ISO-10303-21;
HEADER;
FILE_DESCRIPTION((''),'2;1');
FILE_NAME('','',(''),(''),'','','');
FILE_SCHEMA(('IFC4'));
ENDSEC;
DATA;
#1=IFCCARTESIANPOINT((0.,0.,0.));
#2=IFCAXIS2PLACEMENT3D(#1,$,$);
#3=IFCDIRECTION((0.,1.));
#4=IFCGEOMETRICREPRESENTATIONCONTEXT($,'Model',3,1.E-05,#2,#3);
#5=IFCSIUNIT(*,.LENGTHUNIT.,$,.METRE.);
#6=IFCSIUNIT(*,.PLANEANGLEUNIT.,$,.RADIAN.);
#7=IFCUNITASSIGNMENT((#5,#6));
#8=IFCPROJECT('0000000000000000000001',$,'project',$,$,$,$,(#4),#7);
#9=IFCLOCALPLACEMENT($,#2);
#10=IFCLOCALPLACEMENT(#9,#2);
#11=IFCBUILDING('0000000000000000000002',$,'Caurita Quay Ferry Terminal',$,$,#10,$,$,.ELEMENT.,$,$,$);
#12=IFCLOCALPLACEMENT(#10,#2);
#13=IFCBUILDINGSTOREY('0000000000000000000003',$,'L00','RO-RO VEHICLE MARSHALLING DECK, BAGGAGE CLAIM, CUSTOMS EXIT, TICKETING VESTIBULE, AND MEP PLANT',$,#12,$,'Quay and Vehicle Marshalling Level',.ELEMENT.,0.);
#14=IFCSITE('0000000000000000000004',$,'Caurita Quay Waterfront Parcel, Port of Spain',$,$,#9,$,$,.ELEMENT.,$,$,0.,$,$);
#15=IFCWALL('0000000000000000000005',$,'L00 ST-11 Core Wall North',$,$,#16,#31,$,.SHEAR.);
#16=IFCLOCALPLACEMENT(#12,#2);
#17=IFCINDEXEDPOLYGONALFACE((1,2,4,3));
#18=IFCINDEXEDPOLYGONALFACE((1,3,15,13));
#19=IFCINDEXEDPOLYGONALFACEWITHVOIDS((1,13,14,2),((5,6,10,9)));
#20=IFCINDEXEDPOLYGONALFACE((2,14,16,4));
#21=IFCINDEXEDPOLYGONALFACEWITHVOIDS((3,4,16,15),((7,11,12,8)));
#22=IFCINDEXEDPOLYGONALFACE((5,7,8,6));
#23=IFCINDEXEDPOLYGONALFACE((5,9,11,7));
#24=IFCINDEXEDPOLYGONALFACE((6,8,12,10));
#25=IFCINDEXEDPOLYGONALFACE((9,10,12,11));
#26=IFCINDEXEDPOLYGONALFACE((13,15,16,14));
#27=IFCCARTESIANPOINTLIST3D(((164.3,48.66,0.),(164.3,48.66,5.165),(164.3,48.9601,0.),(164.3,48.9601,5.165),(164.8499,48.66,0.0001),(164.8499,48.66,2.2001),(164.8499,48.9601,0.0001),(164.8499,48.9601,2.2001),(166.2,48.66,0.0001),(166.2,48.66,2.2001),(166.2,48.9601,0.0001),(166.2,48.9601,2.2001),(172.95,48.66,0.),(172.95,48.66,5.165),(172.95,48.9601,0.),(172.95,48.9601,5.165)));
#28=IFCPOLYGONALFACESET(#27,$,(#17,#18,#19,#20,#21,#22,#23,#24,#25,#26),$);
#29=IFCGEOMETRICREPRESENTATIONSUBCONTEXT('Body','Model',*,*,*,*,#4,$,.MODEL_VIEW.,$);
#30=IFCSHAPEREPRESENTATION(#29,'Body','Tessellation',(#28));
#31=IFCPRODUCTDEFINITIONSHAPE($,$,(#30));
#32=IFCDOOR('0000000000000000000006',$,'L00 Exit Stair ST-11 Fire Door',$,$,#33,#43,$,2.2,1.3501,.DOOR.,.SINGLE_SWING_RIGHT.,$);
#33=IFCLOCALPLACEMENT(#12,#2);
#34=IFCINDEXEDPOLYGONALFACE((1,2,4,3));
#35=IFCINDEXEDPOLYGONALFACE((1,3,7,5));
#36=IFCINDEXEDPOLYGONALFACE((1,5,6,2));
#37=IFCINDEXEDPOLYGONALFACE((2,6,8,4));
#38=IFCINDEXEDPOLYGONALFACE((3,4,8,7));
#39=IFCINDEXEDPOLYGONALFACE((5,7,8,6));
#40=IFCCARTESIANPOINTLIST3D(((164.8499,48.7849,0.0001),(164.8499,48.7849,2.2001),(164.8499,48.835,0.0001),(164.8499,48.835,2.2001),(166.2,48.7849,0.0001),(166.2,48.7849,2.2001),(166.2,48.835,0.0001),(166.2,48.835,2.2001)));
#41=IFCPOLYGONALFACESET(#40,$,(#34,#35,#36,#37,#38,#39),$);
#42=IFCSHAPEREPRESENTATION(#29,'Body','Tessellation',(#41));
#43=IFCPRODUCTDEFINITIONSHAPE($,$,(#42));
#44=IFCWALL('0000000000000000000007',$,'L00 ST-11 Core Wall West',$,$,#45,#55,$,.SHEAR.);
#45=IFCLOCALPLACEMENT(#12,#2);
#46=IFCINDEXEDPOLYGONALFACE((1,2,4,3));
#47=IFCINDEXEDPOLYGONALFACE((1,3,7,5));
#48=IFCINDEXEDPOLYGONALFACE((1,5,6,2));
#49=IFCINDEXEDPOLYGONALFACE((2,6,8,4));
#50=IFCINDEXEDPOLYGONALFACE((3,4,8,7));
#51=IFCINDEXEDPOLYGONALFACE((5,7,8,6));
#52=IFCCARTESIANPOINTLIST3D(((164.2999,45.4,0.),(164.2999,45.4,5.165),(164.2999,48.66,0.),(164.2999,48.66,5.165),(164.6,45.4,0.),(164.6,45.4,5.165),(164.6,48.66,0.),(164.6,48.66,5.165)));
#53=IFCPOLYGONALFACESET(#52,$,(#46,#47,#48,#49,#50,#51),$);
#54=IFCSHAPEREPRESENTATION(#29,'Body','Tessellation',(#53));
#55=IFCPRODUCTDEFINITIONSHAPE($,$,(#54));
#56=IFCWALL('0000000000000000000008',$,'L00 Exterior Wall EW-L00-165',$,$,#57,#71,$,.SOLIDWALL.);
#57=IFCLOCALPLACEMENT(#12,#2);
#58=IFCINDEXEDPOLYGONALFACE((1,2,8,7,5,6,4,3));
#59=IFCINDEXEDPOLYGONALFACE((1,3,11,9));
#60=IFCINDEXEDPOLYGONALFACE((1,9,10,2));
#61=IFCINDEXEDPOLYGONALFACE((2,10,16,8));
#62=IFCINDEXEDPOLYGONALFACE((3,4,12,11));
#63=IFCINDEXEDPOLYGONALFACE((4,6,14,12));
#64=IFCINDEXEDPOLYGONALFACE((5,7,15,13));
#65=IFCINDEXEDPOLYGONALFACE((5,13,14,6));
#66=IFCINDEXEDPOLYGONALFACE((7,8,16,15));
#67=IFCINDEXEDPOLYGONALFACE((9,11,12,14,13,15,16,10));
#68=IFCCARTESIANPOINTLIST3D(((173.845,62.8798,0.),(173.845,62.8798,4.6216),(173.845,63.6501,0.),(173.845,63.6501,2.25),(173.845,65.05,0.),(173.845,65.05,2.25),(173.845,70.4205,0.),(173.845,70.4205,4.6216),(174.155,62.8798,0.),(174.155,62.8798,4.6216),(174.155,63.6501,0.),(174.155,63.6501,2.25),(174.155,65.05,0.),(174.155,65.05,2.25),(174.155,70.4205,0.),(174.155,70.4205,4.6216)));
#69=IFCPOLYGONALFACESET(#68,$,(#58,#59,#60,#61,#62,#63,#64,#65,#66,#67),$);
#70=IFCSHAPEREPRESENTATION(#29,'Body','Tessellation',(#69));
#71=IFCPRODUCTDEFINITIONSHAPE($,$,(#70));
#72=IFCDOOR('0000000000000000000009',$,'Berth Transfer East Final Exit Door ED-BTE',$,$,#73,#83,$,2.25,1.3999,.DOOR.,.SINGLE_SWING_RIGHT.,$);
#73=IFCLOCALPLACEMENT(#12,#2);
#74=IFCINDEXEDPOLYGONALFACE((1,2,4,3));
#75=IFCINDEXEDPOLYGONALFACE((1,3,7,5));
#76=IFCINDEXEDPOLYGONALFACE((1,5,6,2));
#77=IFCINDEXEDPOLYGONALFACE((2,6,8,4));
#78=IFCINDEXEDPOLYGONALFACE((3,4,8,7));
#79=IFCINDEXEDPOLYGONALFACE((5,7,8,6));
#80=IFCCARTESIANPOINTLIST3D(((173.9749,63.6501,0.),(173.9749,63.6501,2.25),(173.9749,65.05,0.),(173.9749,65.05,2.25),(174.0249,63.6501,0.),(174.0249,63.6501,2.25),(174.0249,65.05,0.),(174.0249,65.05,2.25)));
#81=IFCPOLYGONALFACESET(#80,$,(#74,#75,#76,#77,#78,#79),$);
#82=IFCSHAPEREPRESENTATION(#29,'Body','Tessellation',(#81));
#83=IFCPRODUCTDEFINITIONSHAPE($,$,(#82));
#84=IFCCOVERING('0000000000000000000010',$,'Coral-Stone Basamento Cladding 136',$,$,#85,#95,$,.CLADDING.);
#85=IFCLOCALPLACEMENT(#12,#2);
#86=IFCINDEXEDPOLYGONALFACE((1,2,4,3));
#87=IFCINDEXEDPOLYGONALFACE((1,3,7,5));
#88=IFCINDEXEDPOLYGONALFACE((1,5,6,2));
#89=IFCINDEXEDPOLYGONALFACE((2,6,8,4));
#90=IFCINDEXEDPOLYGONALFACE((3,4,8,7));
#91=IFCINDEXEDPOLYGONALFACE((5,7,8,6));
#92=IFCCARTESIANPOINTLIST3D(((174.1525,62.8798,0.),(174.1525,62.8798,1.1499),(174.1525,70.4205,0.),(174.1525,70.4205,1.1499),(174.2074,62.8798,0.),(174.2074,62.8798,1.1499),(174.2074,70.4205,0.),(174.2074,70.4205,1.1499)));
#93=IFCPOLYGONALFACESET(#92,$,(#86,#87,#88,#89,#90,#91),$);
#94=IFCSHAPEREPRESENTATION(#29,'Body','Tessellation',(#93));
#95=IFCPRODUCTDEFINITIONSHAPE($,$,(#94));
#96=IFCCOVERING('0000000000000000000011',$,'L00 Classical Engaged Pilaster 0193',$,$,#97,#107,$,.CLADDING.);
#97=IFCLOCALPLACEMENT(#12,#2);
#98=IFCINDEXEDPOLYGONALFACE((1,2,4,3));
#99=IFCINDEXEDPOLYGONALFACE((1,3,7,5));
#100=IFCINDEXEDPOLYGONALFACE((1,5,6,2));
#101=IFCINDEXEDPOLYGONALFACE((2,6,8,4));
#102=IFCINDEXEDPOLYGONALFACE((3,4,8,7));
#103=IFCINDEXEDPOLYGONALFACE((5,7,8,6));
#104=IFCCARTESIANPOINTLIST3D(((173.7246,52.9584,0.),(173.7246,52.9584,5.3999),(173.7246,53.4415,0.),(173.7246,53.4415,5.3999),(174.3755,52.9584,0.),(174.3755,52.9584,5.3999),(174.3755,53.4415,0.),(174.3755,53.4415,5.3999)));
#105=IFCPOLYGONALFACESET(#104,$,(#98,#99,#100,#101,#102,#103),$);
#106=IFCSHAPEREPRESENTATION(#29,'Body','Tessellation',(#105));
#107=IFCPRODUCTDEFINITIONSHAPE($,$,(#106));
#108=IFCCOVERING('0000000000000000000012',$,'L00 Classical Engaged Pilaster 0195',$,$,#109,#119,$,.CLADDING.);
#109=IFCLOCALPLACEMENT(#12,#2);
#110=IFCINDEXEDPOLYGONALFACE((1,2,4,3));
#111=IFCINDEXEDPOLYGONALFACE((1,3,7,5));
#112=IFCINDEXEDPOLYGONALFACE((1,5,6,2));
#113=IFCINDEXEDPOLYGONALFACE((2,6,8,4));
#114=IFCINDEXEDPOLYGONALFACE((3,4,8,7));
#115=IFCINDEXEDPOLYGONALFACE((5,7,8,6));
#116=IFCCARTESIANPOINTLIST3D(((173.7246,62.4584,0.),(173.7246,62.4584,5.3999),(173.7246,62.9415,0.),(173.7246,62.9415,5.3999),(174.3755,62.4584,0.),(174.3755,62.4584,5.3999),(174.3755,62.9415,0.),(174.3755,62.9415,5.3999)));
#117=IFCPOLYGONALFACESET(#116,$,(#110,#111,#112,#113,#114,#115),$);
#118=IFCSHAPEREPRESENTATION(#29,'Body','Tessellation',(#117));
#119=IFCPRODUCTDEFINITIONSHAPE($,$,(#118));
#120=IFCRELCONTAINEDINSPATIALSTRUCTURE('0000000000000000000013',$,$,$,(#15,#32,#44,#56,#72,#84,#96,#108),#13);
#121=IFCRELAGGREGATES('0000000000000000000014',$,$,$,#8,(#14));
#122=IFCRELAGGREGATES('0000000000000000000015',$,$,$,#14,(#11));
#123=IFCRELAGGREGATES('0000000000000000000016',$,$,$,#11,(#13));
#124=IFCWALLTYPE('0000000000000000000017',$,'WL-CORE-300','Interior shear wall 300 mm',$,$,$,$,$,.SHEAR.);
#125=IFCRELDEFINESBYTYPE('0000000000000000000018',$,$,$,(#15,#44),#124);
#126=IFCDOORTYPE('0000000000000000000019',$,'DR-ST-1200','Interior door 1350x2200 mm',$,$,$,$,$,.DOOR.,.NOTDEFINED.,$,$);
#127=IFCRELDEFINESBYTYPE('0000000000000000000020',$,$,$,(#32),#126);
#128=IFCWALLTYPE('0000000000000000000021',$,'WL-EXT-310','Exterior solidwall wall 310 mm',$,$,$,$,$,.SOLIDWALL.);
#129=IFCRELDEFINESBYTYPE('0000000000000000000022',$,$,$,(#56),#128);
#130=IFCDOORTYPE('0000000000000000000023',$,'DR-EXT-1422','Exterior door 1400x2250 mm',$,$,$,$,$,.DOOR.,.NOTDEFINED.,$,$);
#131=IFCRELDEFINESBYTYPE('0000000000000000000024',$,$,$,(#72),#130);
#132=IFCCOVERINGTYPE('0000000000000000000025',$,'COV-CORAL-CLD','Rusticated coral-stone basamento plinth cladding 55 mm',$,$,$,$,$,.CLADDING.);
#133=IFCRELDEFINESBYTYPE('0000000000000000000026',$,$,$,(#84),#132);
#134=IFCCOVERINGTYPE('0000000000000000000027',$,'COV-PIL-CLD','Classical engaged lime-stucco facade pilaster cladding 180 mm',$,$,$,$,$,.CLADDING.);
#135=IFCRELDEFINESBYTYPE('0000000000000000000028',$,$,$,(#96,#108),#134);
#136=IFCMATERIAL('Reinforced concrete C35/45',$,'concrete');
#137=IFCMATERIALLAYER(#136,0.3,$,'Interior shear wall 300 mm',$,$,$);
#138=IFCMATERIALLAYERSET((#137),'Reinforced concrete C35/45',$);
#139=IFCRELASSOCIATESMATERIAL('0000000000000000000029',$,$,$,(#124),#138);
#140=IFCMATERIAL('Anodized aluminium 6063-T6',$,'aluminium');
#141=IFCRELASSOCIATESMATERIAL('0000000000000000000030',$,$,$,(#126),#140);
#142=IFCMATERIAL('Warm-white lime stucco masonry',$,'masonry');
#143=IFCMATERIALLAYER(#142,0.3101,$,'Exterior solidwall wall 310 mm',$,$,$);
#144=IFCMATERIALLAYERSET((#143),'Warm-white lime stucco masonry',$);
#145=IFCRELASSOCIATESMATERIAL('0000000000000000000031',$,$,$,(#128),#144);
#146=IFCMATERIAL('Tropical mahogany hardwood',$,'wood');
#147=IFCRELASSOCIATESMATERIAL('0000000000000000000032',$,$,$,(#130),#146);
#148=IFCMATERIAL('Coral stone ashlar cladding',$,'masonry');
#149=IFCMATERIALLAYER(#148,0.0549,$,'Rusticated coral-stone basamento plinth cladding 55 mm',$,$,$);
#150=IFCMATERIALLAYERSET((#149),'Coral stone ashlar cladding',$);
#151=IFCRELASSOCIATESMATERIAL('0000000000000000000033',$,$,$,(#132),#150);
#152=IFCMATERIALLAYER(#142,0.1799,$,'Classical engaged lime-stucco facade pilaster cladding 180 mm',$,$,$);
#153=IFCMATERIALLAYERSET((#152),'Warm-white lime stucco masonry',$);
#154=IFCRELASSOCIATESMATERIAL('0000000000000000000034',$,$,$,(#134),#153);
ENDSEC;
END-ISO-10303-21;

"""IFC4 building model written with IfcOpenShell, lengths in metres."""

from ifc_helpers import new_model, si_unit, direction, frame, frame_2d, origin, origin_2d, place, context, subcontext, project, spatial, rectangle, extrude, material, layer, layer_set, type_object, element, fill, save


model = new_model("IFC4")

# Units and contexts
model_context = context("Model", 3, precision=1e-05, world=origin(), true_north=direction((0.0, 1.0)))
body_context = subcontext(model_context, "Body", "Model", "MODEL_VIEW")
ifc_project = project(units=[si_unit("LENGTHUNIT", "METRE"), si_unit("PLANEANGLEUNIT", "RADIAN")], contexts=[model_context])

# Site, building, storey
site_placement = place(None, origin())
site = spatial("IfcSite", under=ifc_project, at=site_placement, Name="Caurita Quay Waterfront Parcel, Port of Spain", CompositionType="ELEMENT", RefElevation=0.0)
building_placement = place(site_placement, origin())
building = spatial("IfcBuilding", under=site, at=building_placement, Name="Caurita Quay Ferry Terminal", CompositionType="ELEMENT")
storey_placement = place(building_placement, origin())
storey = spatial("IfcBuildingStorey", under=building, at=storey_placement, Name="L00", Description="RO-RO VEHICLE MARSHALLING DECK, BAGGAGE CLAIM, CUSTOMS EXIT, TICKETING VESTIBULE, AND MEP PLANT", LongName="Quay and Vehicle Marshalling Level", CompositionType="ELEMENT", Elevation=0.0)

# Wall, opening, door
ifc_material_1 = material(Name="Reinforced concrete C35/45", Category="concrete")
ifc_layer_1 = layer(ifc_material_1, 0.3, Name="Interior shear wall 300 mm")
ifc_layer_set_1 = layer_set([ifc_layer_1], Name="Reinforced concrete C35/45")
wall_type_1 = type_object("IfcWallType", Name="WL-CORE-300", Description="Interior shear wall 300 mm", PredefinedType="SHEAR", material=ifc_layer_set_1)
wall_1_placement = place(storey_placement, frame((172.95, 48.8101, 0.0), z_axis=(0.0, 0.0, 1.0), x_axis=(-1.0, 0.0, 0.0)))
wall_1 = element("IfcWall", 1, at=wall_1_placement, inside=storey, type_object=wall_type_1, Name="L00 ST-11 Core Wall North", PredefinedType="SHEAR", context=body_context, shape_type="SweptSolid", body=[
    extrude(rectangle(XDim=8.6499, YDim=0.3, at=frame_2d((4.325, 0.0))), origin(), (0.0, 0.0, 1.0), 5.165),
])
opening_1_placement = place(wall_1_placement, frame((6.75, 0.0, 0.0)))
opening_1 = element("IfcOpeningElement", 2, at=opening_1_placement, cuts=wall_1, PredefinedType="OPENING", context=body_context, shape_type="SweptSolid", body=[
    extrude(rectangle(XDim=1.3501, YDim=2.2, at=frame_2d((0.675, 1.1001))), frame((0.0, 0.1599, 0.0), z_axis=(0.0, -1.0, 0.0), x_axis=(1.0, 0.0, 0.0)), (0.0, 0.0, 1.0), 0.3201),
])
ifc_material_2 = material(Name="Anodized aluminium 6063-T6", Category="aluminium")
door_type_1 = type_object("IfcDoorType", Name="DR-ST-1200", Description="Interior door 1350x2200 mm", OperationType="NOTDEFINED", PredefinedType="DOOR", material=ifc_material_2)
door_1_placement = place(opening_1_placement, frame((1.3501, 0.0, 0.0), z_axis=(0.0, 0.0, 1.0), x_axis=(-1.0, 0.0, 0.0)))
door_1 = element("IfcDoor", 3, at=door_1_placement, inside=storey, type_object=door_type_1, Name="L00 Exit Stair ST-11 Fire Door", OperationType="SINGLE_SWING_RIGHT", OverallHeight=2.2, OverallWidth=1.3501, PredefinedType="DOOR", context=body_context, shape_type="SweptSolid", body=[
    extrude(rectangle(XDim=1.3501, YDim=2.2, at=frame_2d((0.675, 1.1001))), frame((0.0, 0.0249, 0.0), z_axis=(0.0, -1.0, 0.0), x_axis=(1.0, 0.0, 0.0)), (0.0, 0.0, 1.0), 0.05),
])
fill(opening_1, door_1)

# Wall
wall_2_placement = place(storey_placement, frame((164.45, 48.6599, 0.0), z_axis=(0.0, 0.0, 1.0), x_axis=(0.0, -1.0, 0.0)))
element("IfcWall", 4, at=wall_2_placement, inside=storey, type_object=wall_type_1, Name="L00 ST-11 Core Wall West", PredefinedType="SHEAR", context=body_context, shape_type="SweptSolid", body=[
    extrude(rectangle(XDim=3.26, YDim=0.3, at=frame_2d((1.6299, 0.0))), origin(), (0.0, 0.0, 1.0), 5.165),
])

# Wall, opening, door
ifc_material_3 = material(Name="Warm-white lime stucco masonry", Category="masonry")
ifc_layer_2 = layer(ifc_material_3, 0.3101, Name="Exterior solidwall wall 310 mm")
ifc_layer_set_2 = layer_set([ifc_layer_2], Name="Warm-white lime stucco masonry")
wall_type_2 = type_object("IfcWallType", Name="WL-EXT-310", Description="Exterior solidwall wall 310 mm", PredefinedType="SOLIDWALL", material=ifc_layer_set_2)
wall_3_placement = place(storey_placement, frame((174.0, 62.8796, 0.0), z_axis=(0.0, 0.0, 1.0), x_axis=(0.0, 1.0, 0.0)))
wall_3 = element("IfcWall", 5, at=wall_3_placement, inside=storey, type_object=wall_type_2, Name="L00 Exterior Wall EW-L00-165", PredefinedType="SOLIDWALL", context=body_context, shape_type="SweptSolid", body=[
    extrude(rectangle(XDim=7.5408, YDim=0.3101, at=frame_2d((3.7705, 0.0))), origin(), (0.0, 0.0, 1.0), 4.6216),
])
opening_2_placement = place(wall_3_placement, frame((0.7705, 0.0, 0.0)))
opening_2 = element("IfcOpeningElement", 6, at=opening_2_placement, cuts=wall_3, PredefinedType="OPENING", context=body_context, shape_type="SweptSolid", body=[
    extrude(rectangle(XDim=1.3999, YDim=2.25, at=frame_2d((0.7, 1.125))), frame((0.0, 0.165, 0.0), z_axis=(0.0, -1.0, 0.0), x_axis=(1.0, 0.0, 0.0)), (0.0, 0.0, 1.0), 0.3301),
])
ifc_material_4 = material(Name="Tropical mahogany hardwood", Category="wood")
door_type_2 = type_object("IfcDoorType", Name="DR-EXT-1422", Description="Exterior door 1400x2250 mm", OperationType="NOTDEFINED", PredefinedType="DOOR", material=ifc_material_4)
door_2_placement = place(opening_2_placement, frame((1.3999, 0.0, 0.0), z_axis=(0.0, 0.0, 1.0), x_axis=(-1.0, 0.0, 0.0)))
door_2 = element("IfcDoor", 7, at=door_2_placement, inside=storey, type_object=door_type_2, Name="Berth Transfer East Final Exit Door ED-BTE", OperationType="SINGLE_SWING_RIGHT", OverallHeight=2.25, OverallWidth=1.3999, PredefinedType="DOOR", context=body_context, shape_type="SweptSolid", body=[
    extrude(rectangle(XDim=1.3999, YDim=2.25, at=frame_2d((0.7, 1.125))), frame((0.0, 0.0249, 0.0), z_axis=(0.0, -1.0, 0.0), x_axis=(1.0, 0.0, 0.0)), (0.0, 0.0, 1.0), 0.05),
])
fill(opening_2, door_2)

# Coverings
ifc_material_5 = material(Name="Coral stone ashlar cladding", Category="masonry")
ifc_layer_3 = layer(ifc_material_5, 0.0549, Name="Rusticated coral-stone basamento plinth cladding 55 mm")
ifc_layer_set_3 = layer_set([ifc_layer_3], Name="Coral stone ashlar cladding")
covering_type_1 = type_object("IfcCoveringType", Name="COV-CORAL-CLD", Description="Rusticated coral-stone basamento plinth cladding 55 mm", PredefinedType="CLADDING", material=ifc_layer_set_3)
covering_placement = place(storey_placement, frame((174.1799, 62.8796, 0.0), z_axis=(0.0, 0.0, 1.0), x_axis=(0.0, 1.0, 0.0)))
element("IfcCovering", 8, at=covering_placement, inside=storey, type_object=covering_type_1, Name="Coral-Stone Basamento Cladding 136", PredefinedType="CLADDING", context=body_context, shape_type="SweptSolid", body=[
    extrude(rectangle(XDim=7.5408, YDim=0.0549, at=frame_2d((3.7705, 0.0))), origin(), (0.0, 0.0, 1.0), 1.1499),
])
ifc_layer_4 = layer(ifc_material_3, 0.1799, Name="Classical engaged lime-stucco facade pilaster cladding 180 mm")
ifc_layer_set_4 = layer_set([ifc_layer_4], Name="Warm-white lime stucco masonry")
covering_type_2 = type_object("IfcCoveringType", Name="COV-PIL-CLD", Description="Classical engaged lime-stucco facade pilaster cladding 180 mm", PredefinedType="CLADDING", material=ifc_layer_set_4)
for number, where, z_axis, x_axis, name in (
    (9, (174.05, 53.2, 0.0), (0.0, 0.0, 1.0), (1.0, 0.0, 0.0), "L00 Classical Engaged Pilaster 0193"),
    (10, (174.05, 62.7, 0.0), (0.0, 0.0, 1.0), (1.0, 0.0, 0.0), "L00 Classical Engaged Pilaster 0195"),
):
    element("IfcCovering", number, at=place(storey_placement, frame(where, z_axis=z_axis, x_axis=x_axis)), inside=storey, type_object=covering_type_2, Name=name, PredefinedType="CLADDING", context=body_context, shape_type="SweptSolid", body=[
        extrude(rectangle(XDim=0.6509, YDim=0.4832, at=origin_2d()), origin(), (0.0, 0.0, 1.0), 5.3999),
    ])

save(model, "model.ifc")
